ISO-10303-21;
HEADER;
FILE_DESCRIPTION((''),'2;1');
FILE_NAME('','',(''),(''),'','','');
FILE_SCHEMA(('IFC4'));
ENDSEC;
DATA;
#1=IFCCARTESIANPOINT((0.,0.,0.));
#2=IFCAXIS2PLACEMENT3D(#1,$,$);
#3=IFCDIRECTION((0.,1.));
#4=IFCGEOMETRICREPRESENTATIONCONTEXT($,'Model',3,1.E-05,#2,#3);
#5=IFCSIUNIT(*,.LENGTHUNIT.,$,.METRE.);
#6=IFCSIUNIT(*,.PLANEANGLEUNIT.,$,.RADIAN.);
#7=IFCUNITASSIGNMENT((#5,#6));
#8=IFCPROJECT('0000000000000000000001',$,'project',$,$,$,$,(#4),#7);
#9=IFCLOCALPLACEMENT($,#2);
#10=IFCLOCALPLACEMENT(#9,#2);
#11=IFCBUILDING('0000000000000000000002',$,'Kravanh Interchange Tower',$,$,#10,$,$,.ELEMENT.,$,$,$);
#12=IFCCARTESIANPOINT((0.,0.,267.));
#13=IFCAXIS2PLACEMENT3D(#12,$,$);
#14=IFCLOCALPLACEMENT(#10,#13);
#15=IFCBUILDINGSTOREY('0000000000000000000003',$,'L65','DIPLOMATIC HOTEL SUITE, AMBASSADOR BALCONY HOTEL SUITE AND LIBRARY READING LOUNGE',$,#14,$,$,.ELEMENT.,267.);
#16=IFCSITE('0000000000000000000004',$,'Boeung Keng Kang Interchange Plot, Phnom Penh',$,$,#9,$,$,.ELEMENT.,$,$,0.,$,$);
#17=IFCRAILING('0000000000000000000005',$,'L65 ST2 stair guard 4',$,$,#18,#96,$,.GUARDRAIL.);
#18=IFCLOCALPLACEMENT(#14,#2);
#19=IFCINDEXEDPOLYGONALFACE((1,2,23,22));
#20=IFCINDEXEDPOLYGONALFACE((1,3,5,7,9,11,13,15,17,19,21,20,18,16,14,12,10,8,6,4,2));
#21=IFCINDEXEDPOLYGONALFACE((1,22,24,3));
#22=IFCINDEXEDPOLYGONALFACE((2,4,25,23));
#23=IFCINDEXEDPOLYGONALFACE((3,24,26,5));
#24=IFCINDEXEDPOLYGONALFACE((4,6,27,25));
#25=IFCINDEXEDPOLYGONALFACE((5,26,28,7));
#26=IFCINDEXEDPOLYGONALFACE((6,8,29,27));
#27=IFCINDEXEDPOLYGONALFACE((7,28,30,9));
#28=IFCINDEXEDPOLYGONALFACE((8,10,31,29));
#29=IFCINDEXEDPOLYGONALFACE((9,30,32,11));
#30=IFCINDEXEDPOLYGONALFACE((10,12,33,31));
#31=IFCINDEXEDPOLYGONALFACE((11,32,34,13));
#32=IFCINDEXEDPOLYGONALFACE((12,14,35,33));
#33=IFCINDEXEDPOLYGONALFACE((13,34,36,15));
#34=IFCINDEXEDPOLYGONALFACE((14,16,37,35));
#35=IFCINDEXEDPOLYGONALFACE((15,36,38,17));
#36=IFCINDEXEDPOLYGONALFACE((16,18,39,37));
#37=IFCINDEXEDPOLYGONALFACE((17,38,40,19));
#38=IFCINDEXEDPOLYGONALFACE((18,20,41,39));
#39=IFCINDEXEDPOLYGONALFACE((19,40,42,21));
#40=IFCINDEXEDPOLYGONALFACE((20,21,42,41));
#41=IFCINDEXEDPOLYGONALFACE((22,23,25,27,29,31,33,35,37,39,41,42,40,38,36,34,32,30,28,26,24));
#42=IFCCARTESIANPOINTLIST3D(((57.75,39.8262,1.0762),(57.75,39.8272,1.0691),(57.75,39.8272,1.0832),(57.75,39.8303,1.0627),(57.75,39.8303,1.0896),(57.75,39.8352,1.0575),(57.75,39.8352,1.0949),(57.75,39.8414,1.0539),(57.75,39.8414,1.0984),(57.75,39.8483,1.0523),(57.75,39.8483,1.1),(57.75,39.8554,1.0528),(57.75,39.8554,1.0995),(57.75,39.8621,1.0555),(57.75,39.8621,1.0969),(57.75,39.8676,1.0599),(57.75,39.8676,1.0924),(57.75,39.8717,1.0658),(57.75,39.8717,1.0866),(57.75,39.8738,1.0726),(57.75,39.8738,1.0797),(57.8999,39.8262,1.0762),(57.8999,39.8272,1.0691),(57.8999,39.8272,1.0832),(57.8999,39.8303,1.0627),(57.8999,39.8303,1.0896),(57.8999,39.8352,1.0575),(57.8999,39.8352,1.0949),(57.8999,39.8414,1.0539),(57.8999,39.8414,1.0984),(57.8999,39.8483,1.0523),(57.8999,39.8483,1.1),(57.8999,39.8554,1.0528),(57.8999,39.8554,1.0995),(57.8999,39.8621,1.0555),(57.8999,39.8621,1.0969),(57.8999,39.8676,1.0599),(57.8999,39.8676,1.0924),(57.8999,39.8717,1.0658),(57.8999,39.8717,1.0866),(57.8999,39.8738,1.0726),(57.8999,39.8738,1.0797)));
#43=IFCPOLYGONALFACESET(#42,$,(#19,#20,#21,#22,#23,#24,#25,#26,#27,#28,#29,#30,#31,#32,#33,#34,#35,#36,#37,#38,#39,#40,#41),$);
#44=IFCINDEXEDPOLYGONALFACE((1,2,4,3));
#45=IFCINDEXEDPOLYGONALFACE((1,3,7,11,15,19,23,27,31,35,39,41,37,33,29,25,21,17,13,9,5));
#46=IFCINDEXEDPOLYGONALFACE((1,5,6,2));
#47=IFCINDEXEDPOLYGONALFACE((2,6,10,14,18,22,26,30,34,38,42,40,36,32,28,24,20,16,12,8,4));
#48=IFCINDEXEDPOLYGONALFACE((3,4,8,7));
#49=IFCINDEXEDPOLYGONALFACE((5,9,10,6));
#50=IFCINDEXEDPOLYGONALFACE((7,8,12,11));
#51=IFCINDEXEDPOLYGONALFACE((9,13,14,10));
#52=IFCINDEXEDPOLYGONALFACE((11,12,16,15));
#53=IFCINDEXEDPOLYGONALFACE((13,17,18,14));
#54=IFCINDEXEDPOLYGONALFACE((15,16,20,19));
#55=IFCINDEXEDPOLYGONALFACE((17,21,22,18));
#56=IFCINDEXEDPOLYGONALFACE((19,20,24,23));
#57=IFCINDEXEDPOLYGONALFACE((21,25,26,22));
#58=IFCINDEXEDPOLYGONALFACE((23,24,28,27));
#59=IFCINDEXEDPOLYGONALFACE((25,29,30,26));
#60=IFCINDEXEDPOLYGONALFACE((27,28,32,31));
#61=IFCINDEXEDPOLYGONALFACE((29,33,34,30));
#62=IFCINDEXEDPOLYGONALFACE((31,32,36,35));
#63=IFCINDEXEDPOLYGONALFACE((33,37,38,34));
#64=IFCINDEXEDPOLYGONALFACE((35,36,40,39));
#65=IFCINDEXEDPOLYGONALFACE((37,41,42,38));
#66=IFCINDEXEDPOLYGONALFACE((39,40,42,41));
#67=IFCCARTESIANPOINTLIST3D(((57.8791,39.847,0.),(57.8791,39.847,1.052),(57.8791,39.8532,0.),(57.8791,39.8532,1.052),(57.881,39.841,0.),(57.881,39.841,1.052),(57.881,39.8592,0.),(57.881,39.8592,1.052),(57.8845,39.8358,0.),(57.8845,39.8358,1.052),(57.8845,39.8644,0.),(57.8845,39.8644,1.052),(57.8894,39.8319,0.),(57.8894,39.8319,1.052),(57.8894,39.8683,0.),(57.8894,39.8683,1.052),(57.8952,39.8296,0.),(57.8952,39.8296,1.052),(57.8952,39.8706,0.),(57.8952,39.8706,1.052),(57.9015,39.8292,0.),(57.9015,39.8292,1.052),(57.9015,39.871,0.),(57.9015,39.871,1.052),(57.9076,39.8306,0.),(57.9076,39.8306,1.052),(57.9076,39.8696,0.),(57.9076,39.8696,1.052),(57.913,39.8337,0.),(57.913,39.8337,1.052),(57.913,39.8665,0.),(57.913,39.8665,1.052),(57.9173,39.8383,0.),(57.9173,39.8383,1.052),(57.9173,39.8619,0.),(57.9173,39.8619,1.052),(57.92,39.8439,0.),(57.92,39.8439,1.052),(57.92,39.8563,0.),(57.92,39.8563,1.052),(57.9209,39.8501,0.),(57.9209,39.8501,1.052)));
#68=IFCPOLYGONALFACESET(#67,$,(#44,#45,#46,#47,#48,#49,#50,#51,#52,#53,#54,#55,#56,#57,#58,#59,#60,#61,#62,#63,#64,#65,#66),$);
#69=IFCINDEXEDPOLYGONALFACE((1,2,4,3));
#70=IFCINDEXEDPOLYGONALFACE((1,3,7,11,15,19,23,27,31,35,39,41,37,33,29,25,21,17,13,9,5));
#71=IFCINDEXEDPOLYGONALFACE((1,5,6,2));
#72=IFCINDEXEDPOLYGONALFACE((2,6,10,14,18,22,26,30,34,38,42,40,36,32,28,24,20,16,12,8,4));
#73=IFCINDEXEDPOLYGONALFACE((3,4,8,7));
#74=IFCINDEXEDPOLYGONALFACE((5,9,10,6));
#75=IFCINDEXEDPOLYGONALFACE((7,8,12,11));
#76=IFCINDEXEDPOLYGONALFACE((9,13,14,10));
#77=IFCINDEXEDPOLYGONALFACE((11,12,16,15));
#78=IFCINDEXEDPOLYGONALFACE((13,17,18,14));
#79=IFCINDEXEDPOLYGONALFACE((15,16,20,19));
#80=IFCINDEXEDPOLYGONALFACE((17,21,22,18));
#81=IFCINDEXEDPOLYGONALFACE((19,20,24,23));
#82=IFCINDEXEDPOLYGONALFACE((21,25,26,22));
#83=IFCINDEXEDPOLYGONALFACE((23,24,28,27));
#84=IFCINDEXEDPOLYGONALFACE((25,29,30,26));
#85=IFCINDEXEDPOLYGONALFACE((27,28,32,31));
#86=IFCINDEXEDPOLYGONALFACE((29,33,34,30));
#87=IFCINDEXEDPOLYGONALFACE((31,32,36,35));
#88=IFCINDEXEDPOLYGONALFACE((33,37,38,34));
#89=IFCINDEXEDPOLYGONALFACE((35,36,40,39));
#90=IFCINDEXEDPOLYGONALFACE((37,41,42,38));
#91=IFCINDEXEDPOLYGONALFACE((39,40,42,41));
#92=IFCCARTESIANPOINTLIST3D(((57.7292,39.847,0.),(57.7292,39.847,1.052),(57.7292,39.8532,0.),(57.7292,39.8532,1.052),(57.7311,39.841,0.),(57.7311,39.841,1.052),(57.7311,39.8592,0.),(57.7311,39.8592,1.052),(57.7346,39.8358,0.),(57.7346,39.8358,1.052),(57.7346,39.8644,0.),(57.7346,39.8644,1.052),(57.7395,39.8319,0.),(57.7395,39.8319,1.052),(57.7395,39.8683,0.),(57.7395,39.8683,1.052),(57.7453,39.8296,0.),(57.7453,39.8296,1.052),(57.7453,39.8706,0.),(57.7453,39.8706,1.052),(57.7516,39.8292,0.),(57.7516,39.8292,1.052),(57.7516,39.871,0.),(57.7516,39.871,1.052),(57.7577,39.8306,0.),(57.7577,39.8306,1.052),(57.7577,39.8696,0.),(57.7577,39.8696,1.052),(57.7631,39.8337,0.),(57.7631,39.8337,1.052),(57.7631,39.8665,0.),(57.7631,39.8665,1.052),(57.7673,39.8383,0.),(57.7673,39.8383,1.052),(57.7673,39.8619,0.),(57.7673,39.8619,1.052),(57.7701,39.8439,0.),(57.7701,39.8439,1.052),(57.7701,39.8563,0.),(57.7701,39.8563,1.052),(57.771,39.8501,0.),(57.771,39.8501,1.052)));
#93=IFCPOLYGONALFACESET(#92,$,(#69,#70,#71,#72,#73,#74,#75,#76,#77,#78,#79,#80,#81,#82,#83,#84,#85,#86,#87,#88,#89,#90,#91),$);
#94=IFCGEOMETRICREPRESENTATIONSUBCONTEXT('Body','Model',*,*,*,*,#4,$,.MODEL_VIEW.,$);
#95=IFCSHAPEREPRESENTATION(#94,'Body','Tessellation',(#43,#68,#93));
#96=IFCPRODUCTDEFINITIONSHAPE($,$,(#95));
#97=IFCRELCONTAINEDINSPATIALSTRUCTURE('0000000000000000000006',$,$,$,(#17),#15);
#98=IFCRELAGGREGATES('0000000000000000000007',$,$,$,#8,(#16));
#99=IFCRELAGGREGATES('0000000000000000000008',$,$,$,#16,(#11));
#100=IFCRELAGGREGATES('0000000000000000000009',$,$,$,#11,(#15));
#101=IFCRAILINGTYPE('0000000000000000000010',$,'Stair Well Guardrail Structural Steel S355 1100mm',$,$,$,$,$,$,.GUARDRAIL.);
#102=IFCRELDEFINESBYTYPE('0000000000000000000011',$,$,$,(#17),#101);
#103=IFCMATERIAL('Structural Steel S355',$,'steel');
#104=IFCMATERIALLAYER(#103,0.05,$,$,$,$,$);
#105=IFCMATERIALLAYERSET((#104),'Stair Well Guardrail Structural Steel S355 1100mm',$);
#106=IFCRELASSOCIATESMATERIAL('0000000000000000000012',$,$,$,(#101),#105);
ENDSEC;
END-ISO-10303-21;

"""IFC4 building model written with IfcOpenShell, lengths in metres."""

from ifc_helpers import new_model, si_unit, direction, frame, origin, origin_2d, place, context, subcontext, project, spatial, circle, extrude, material, layer, layer_set, type_object, element, save


model = new_model("IFC4")

# Units and contexts
model_context = context("Model", 3, precision=1e-05, world=origin(), true_north=direction((0.0, 1.0)))
body_context = subcontext(model_context, "Body", "Model", "MODEL_VIEW")
ifc_project = project(units=[si_unit("LENGTHUNIT", "METRE"), si_unit("PLANEANGLEUNIT", "RADIAN")], contexts=[model_context])

# Site, building, storey
site_placement = place(None, origin())
site = spatial("IfcSite", under=ifc_project, at=site_placement, Name="Boeung Keng Kang Interchange Plot, Phnom Penh", CompositionType="ELEMENT", RefElevation=0.0)
building_placement = place(site_placement, origin())
building = spatial("IfcBuilding", under=site, at=building_placement, Name="Kravanh Interchange Tower", CompositionType="ELEMENT")
storey_placement = place(building_placement, frame((0.0, 0.0, 267.0)))
storey = spatial("IfcBuildingStorey", under=building, at=storey_placement, Name="L65", Description="DIPLOMATIC HOTEL SUITE, AMBASSADOR BALCONY HOTEL SUITE AND LIBRARY READING LOUNGE", CompositionType="ELEMENT", Elevation=267.0)

# Railing
ifc_material_1 = material(Name="Structural Steel S355", Category="steel")
ifc_layer_1 = layer(ifc_material_1, 0.05)
ifc_layer_set_1 = layer_set([ifc_layer_1], Name="Stair Well Guardrail Structural Steel S355 1100mm")
railing_type_1 = type_object("IfcRailingType", Name="Stair Well Guardrail Structural Steel S355 1100mm", PredefinedType="GUARDRAIL", material=ifc_layer_set_1)
railing_1_placement = place(storey_placement, frame((57.8999, 39.8501, 0.0)))
element("IfcRailing", 1, at=railing_1_placement, inside=storey, type_object=railing_type_1, Name="L65 ST2 stair guard 4", PredefinedType="GUARDRAIL", context=body_context, shape_type="SweptSolid", body=[
    extrude(circle(Radius=0.0239, at=origin_2d()), frame((0.0, 0.0, 1.0762), z_axis=(-1.0, 0.0, 0.0), x_axis=(0.0, -1.0, 0.0)), (0.0, 0.0, 1.0), 0.1499),
    extrude(circle(Radius=0.021, at=origin_2d()), origin(), (0.0, 0.0, 1.0), 1.052),
    extrude(circle(Radius=0.021, at=origin_2d()), frame((-0.1499, 0.0, 0.0)), (0.0, 0.0, 1.0), 1.052),
])

save(model, "model.ifc")
